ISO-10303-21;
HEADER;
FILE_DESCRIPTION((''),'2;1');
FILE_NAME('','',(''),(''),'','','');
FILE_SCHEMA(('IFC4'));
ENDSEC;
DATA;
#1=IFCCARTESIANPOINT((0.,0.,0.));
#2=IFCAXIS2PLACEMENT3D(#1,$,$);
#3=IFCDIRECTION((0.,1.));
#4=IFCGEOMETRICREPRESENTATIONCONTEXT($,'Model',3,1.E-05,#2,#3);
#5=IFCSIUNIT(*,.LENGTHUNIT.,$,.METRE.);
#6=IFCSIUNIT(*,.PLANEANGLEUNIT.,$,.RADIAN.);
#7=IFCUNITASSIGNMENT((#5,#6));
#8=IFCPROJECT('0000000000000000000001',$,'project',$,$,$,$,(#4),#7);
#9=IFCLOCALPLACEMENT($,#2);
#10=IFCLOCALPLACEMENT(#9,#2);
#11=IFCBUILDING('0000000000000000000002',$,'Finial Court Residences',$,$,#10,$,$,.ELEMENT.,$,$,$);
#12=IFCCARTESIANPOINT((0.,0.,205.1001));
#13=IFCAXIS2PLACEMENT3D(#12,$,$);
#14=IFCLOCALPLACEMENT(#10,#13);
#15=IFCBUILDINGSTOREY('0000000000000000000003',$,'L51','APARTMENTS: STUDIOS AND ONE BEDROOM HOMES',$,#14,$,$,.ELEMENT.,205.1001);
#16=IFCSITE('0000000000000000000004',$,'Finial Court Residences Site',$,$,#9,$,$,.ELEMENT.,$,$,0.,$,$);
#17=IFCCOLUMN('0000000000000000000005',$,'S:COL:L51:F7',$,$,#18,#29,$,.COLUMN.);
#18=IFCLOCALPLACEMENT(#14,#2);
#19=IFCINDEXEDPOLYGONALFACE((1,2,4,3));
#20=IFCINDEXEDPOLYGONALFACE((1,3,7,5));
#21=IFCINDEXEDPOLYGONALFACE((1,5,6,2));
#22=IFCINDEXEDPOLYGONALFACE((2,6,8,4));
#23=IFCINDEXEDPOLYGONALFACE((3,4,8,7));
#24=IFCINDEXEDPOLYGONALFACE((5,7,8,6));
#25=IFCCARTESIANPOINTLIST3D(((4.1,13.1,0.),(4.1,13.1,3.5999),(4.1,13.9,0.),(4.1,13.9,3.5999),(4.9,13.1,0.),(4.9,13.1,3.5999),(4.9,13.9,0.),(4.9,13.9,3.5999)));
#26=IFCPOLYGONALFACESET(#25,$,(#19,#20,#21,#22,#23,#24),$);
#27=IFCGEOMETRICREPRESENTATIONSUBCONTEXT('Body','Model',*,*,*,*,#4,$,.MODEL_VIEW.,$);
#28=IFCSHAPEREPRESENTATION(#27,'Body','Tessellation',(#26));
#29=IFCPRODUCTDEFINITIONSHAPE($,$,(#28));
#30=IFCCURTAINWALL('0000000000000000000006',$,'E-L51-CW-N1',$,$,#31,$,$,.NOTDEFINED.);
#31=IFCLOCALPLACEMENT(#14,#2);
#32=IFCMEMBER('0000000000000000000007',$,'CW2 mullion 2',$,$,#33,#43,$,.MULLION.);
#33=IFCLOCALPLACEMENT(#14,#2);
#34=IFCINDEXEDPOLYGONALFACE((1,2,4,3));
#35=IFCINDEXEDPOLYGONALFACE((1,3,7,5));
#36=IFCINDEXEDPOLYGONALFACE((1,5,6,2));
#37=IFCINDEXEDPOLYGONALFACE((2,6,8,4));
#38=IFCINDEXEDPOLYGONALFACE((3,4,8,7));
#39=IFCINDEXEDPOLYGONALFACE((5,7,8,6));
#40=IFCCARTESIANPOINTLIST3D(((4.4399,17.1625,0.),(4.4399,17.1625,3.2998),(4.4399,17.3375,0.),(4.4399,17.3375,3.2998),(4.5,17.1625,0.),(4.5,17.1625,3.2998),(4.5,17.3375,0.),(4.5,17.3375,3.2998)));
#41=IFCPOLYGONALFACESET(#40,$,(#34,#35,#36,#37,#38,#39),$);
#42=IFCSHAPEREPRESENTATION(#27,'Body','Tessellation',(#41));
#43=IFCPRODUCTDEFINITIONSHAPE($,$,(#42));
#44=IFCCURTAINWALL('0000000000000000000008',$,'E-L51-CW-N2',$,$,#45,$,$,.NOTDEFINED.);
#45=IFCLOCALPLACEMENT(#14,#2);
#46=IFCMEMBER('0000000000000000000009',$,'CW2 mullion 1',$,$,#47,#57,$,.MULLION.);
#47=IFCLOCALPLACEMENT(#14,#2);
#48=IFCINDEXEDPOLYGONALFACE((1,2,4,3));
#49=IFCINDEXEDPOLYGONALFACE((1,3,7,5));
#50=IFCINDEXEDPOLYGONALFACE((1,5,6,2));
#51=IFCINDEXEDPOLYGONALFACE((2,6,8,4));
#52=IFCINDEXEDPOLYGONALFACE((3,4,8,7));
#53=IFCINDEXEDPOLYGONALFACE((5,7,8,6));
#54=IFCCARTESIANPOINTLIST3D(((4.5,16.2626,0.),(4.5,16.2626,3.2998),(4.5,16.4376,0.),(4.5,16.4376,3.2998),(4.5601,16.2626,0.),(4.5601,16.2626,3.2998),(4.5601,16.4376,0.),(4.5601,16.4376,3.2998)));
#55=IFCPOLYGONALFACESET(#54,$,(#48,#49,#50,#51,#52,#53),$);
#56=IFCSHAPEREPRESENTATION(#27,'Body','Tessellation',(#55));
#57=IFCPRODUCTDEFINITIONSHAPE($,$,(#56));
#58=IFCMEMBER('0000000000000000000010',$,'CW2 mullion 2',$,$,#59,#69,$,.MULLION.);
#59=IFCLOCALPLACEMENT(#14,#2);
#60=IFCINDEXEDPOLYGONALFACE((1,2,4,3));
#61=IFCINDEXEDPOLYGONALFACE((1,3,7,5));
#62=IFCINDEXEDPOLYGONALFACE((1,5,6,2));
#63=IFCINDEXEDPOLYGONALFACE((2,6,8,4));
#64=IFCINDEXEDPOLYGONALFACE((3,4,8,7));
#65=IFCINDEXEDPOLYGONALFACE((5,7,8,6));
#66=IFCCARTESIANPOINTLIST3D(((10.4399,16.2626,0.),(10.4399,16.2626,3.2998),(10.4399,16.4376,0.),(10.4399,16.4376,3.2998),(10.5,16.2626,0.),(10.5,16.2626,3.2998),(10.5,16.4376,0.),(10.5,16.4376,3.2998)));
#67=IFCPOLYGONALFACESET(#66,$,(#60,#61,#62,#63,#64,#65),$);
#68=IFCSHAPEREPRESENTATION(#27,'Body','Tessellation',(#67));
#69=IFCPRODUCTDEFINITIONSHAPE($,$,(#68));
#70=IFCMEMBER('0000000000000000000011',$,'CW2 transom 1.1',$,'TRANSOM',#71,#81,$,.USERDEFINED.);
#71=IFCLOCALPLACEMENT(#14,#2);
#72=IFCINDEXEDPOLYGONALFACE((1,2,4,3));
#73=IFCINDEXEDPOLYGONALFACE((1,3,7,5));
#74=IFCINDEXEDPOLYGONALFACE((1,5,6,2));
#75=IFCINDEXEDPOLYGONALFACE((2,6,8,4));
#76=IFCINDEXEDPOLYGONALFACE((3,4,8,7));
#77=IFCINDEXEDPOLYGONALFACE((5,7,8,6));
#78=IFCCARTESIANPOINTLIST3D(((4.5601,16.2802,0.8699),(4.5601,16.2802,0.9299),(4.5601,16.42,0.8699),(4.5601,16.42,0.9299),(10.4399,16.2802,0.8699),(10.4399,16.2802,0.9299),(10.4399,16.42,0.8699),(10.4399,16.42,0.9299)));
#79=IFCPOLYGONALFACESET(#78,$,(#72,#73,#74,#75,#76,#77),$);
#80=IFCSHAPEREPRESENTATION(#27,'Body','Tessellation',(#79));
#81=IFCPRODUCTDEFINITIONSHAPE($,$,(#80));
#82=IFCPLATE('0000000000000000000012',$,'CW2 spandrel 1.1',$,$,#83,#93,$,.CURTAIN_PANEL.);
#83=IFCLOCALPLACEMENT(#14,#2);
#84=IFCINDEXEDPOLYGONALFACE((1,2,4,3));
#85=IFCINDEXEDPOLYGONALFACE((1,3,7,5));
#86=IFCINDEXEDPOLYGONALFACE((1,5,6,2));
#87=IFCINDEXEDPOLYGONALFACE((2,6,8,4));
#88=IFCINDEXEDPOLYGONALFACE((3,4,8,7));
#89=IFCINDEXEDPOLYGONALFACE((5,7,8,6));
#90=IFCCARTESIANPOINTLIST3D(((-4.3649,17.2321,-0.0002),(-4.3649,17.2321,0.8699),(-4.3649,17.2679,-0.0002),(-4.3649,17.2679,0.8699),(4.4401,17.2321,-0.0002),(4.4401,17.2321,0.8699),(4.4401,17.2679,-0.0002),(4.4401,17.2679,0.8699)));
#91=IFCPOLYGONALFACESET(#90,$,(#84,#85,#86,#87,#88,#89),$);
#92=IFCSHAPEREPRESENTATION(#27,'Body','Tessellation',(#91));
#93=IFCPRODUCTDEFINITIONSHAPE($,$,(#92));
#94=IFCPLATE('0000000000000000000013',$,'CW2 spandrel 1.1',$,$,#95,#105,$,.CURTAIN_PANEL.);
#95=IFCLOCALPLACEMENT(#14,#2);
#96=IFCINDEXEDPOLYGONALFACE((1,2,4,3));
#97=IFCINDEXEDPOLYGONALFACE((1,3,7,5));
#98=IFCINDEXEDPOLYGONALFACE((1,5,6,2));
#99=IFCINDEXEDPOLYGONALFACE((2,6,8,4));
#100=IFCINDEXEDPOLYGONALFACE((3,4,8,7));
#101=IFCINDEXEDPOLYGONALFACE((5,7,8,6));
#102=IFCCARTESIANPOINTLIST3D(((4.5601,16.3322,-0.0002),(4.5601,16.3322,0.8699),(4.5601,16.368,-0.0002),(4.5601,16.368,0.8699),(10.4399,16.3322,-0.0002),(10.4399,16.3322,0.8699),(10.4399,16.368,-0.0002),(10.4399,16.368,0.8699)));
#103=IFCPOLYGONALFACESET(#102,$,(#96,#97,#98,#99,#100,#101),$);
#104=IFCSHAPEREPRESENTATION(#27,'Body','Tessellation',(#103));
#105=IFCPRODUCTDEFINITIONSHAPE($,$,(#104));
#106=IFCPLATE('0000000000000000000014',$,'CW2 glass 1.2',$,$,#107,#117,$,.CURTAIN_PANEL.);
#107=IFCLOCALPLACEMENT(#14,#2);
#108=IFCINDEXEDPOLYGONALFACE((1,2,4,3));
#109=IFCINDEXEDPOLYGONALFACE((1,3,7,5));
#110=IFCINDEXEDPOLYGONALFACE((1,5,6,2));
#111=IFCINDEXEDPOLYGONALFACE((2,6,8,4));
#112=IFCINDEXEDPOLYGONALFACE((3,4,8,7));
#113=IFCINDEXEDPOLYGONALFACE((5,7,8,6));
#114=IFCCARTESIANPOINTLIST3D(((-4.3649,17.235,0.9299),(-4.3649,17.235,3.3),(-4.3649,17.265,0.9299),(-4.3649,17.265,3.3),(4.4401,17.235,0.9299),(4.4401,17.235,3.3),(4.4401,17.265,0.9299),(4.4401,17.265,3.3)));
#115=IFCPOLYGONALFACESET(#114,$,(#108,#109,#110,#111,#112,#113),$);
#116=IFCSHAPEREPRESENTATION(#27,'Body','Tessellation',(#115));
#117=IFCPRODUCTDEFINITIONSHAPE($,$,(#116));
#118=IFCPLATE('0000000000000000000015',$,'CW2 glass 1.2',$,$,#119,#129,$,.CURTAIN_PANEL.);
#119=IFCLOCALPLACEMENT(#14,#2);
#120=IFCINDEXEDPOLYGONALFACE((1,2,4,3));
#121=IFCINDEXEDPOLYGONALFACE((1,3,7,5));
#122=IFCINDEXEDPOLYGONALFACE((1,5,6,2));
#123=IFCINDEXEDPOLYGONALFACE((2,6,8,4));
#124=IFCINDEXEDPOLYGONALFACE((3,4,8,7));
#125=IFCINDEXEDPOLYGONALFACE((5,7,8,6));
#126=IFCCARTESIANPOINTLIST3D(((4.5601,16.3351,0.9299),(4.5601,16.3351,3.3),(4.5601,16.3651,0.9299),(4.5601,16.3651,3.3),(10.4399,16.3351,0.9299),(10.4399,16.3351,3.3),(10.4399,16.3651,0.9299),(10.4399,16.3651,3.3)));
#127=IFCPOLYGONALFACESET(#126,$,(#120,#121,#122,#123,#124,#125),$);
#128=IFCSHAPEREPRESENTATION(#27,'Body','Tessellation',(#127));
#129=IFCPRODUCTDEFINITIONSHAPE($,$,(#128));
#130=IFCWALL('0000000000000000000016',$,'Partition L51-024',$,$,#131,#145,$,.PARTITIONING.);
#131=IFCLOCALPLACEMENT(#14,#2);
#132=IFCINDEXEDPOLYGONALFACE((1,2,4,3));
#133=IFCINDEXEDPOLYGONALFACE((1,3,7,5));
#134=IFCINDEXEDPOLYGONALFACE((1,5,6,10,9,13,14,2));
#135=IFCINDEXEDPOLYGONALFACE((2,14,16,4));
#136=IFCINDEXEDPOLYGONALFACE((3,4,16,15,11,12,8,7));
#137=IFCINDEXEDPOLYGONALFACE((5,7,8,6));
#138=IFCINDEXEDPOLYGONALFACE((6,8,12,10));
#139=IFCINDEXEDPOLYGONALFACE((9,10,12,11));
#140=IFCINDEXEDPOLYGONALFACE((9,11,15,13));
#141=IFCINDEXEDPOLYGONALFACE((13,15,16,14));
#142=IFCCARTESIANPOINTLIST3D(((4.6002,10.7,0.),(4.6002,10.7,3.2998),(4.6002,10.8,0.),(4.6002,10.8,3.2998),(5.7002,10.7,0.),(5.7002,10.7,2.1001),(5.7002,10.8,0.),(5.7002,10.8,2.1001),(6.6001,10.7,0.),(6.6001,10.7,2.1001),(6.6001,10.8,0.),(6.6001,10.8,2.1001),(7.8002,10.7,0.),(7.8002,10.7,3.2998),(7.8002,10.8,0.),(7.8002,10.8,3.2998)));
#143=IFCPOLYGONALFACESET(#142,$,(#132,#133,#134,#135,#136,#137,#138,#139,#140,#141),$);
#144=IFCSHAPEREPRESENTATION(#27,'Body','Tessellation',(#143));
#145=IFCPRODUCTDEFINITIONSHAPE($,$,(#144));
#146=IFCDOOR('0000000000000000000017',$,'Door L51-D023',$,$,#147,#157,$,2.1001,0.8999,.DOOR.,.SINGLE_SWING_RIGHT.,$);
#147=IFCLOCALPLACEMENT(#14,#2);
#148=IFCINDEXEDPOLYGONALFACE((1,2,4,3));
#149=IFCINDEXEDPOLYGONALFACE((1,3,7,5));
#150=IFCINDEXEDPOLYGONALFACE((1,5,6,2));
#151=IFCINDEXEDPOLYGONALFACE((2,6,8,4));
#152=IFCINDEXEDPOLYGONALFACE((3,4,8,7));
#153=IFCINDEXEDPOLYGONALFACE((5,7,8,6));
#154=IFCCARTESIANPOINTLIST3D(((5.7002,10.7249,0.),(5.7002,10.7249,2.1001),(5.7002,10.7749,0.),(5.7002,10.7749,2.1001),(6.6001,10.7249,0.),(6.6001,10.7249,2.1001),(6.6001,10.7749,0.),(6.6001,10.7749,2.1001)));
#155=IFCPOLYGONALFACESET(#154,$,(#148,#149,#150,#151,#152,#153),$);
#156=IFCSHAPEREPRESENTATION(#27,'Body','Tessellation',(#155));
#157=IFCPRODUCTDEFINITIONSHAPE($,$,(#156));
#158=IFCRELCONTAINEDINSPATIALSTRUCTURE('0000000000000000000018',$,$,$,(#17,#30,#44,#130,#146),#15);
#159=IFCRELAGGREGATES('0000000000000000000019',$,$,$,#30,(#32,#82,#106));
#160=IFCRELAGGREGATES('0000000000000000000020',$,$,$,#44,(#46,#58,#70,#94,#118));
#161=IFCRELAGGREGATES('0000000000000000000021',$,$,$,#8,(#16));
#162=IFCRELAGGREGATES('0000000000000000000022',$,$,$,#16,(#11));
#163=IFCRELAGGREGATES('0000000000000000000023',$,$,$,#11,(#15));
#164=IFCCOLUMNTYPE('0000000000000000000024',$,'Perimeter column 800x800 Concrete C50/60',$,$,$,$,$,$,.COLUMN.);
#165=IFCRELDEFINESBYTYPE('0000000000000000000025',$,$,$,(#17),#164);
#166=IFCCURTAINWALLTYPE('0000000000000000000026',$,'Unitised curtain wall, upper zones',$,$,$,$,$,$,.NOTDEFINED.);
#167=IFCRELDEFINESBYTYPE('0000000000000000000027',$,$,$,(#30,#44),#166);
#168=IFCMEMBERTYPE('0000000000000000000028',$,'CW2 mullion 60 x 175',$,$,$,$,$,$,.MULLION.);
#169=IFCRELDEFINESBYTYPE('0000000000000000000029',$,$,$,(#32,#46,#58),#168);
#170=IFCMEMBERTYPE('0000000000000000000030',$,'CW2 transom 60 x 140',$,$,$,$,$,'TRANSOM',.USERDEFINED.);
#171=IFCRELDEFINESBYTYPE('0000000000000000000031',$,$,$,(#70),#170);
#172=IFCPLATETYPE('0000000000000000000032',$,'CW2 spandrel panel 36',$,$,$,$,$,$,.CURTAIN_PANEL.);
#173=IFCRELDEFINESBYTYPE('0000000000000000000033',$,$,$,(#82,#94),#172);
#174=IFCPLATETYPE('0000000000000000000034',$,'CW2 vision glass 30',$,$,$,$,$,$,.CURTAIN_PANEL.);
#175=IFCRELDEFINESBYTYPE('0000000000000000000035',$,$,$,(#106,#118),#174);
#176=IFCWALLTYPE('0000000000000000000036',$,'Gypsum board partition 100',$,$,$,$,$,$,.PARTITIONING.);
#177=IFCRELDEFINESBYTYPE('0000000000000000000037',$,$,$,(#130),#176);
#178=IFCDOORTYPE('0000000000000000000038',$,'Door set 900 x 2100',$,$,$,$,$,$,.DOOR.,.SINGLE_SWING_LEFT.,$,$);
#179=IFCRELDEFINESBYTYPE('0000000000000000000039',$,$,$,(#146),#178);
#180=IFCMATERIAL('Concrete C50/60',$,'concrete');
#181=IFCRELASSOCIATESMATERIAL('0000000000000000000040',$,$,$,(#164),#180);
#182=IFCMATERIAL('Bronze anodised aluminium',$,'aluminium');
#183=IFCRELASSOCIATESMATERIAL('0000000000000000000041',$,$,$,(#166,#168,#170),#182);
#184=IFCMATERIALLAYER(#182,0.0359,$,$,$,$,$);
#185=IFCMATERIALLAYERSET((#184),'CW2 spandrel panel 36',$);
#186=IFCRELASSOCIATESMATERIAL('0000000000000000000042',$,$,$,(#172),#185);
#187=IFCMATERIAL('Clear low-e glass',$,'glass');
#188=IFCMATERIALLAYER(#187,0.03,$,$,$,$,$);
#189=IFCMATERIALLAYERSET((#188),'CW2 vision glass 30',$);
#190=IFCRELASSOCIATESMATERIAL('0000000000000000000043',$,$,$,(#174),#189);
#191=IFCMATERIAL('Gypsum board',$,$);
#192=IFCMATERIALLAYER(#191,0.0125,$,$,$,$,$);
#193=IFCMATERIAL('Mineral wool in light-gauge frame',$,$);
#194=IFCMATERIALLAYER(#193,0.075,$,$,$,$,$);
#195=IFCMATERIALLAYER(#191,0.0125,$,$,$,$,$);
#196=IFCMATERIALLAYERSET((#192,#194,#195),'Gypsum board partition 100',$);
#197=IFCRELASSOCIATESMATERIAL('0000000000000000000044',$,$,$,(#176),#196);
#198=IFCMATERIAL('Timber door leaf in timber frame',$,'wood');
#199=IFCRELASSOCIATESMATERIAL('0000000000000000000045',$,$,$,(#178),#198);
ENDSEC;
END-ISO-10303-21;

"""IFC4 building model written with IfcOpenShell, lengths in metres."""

from ifc_helpers import new_model, si_unit, direction, frame, frame_2d, origin, origin_2d, place, context, subcontext, project, spatial, rectangle, extrude, material, layer, layer_set, material_profile, profile_set, type_object, element, fill, aggregate, save


model = new_model("IFC4")

# Units and contexts
model_context = context("Model", 3, precision=1e-05, world=origin(), true_north=direction((0.0, 1.0)))
body_context = subcontext(model_context, "Body", "Model", "MODEL_VIEW")
ifc_project = project(units=[si_unit("LENGTHUNIT", "METRE"), si_unit("PLANEANGLEUNIT", "RADIAN")], contexts=[model_context])

# Site, building, storey
site_placement = place(None, origin())
site = spatial("IfcSite", under=ifc_project, at=site_placement, Name="Finial Court Residences Site", CompositionType="ELEMENT", RefElevation=0.0)
building_placement = place(site_placement, origin())
building = spatial("IfcBuilding", under=site, at=building_placement, Name="Finial Court Residences", CompositionType="ELEMENT")
storey_placement = place(building_placement, frame((0.0, 0.0, 205.1001)))
storey = spatial("IfcBuildingStorey", under=building, at=storey_placement, Name="L51", Description="APARTMENTS: STUDIOS AND ONE BEDROOM HOMES", CompositionType="ELEMENT", Elevation=205.1001)

# Column
ifc_material_1 = material(Name="Concrete C50/60", Category="concrete")
ifc_material_profile_1 = material_profile(ifc_material_1, rectangle(XDim=0.8, YDim=0.8, at=origin_2d()), Name="800x800")
ifc_profile_set_1 = profile_set([ifc_material_profile_1], Name="Concrete C50/60")
column_type = type_object("IfcColumnType", Name="Perimeter column 800x800 Concrete C50/60", PredefinedType="COLUMN", material=ifc_profile_set_1)
column_placement = place(storey_placement, frame((4.5, 13.5, 0.0), z_axis=(0.0, 0.0, 1.0), x_axis=(1.0, 0.0, 0.0)))
element("IfcColumn", 1, at=column_placement, inside=storey, type_object=column_type, Name="S:COL:L51:F7", PredefinedType="COLUMN", context=body_context, shape_type="SweptSolid", body=[
    extrude(rectangle(XDim=0.8, YDim=0.8, at=origin_2d()), origin(), (0.0, 0.0, 1.0), 3.5999),
])

# Curtain wall, member
ifc_material_2 = material(Name="Bronze anodised aluminium", Category="aluminium")
curtain_wall_type = type_object("IfcCurtainWallType", Name="Unitised curtain wall, upper zones", PredefinedType="NOTDEFINED", material=ifc_material_2)
curtain_wall_1_placement = place(storey_placement, origin())
curtain_wall_1 = element("IfcCurtainWall", 2, at=curtain_wall_1_placement, inside=storey, type_object=curtain_wall_type, Name="E-L51-CW-N1", PredefinedType="NOTDEFINED")
ifc_material_profile_2 = material_profile(ifc_material_2, rectangle(XDim=0.175, YDim=0.0601, at=origin_2d()), Name="CW2 mullion 60 x 175")
ifc_profile_set_2 = profile_set([ifc_material_profile_2], Name="Bronze anodised aluminium")
member_type_1 = type_object("IfcMemberType", Name="CW2 mullion 60 x 175", PredefinedType="MULLION", material=ifc_profile_set_2)
member_1_placement = place(storey_placement, frame((4.47, 17.25, 0.0), z_axis=(0.0, 0.0, 1.0), x_axis=(0.0, 1.0, 0.0)))
member_1 = element("IfcMember", 3, at=member_1_placement, type_object=member_type_1, Name="CW2 mullion 2", PredefinedType="MULLION", context=body_context, shape_type="SweptSolid", body=[
    extrude(rectangle(XDim=0.175, YDim=0.0601, at=origin_2d()), origin(), (0.0, 0.0, 1.0), 3.2998),
])

# Curtain wall, members
curtain_wall_2_placement = place(storey_placement, origin())
curtain_wall_2 = element("IfcCurtainWall", 4, at=curtain_wall_2_placement, inside=storey, type_object=curtain_wall_type, Name="E-L51-CW-N2", PredefinedType="NOTDEFINED")
member_2_placement = place(storey_placement, frame((4.53, 16.3501, 0.0), z_axis=(0.0, 0.0, 1.0), x_axis=(0.0, 1.0, 0.0)))
member_2 = element("IfcMember", 5, at=member_2_placement, type_object=member_type_1, Name="CW2 mullion 1", PredefinedType="MULLION", context=body_context, shape_type="SweptSolid", body=[
    extrude(rectangle(XDim=0.175, YDim=0.0601, at=origin_2d()), origin(), (0.0, 0.0, 1.0), 3.2998),
])
member_3_placement = place(storey_placement, frame((10.47, 16.3501, 0.0), z_axis=(0.0, 0.0, 1.0), x_axis=(0.0, 1.0, 0.0)))
member_3 = element("IfcMember", 6, at=member_3_placement, type_object=member_type_1, Name="CW2 mullion 2", PredefinedType="MULLION", context=body_context, shape_type="SweptSolid", body=[
    extrude(rectangle(XDim=0.175, YDim=0.0601, at=origin_2d()), origin(), (0.0, 0.0, 1.0), 3.2998),
])
ifc_material_profile_3 = material_profile(ifc_material_2, rectangle(XDim=0.1399, YDim=0.0601, at=origin_2d()), Name="CW2 transom 60 x 140")
ifc_profile_set_3 = profile_set([ifc_material_profile_3], Name="Bronze anodised aluminium")
member_type_2 = type_object("IfcMemberType", Name="CW2 transom 60 x 140", ElementType="TRANSOM", PredefinedType="USERDEFINED", material=ifc_profile_set_3)
member_4_placement = place(storey_placement, frame((4.5601, 16.3501, 0.8999), z_axis=(1.0, 0.0, 0.0), x_axis=(0.0, 1.0, 0.0)))
member_4 = element("IfcMember", 7, at=member_4_placement, type_object=member_type_2, Name="CW2 transom 1.1", ObjectType="TRANSOM", PredefinedType="USERDEFINED", context=body_context, shape_type="SweptSolid", body=[
    extrude(rectangle(XDim=0.1399, YDim=0.0601, at=origin_2d()), origin(), (0.0, 0.0, 1.0), 5.8799),
])

# Plates
ifc_layer_1 = layer(ifc_material_2, 0.0359)
ifc_layer_set_1 = layer_set([ifc_layer_1], Name="CW2 spandrel panel 36")
plate_type_1 = type_object("IfcPlateType", Name="CW2 spandrel panel 36", PredefinedType="CURTAIN_PANEL", material=ifc_layer_set_1)
plate_1_placement = place(storey_placement, frame((0.0376, 17.25, -0.0002), z_axis=(0.0, 0.0, 1.0), x_axis=(1.0, 0.0, 0.0)))
plate_1 = element("IfcPlate", 8, at=plate_1_placement, type_object=plate_type_1, Name="CW2 spandrel 1.1", PredefinedType="CURTAIN_PANEL", context=body_context, shape_type="SweptSolid", body=[
    extrude(rectangle(XDim=8.8049, YDim=0.0359, at=origin_2d()), origin(), (0.0, 0.0, 1.0), 0.8701),
])
plate_2_placement = place(storey_placement, frame((7.5, 16.3501, -0.0002), z_axis=(0.0, 0.0, 1.0), x_axis=(1.0, 0.0, 0.0)))
plate_2 = element("IfcPlate", 9, at=plate_2_placement, type_object=plate_type_1, Name="CW2 spandrel 1.1", PredefinedType="CURTAIN_PANEL", context=body_context, shape_type="SweptSolid", body=[
    extrude(rectangle(XDim=5.8799, YDim=0.0359, at=origin_2d()), origin(), (0.0, 0.0, 1.0), 0.8701),
])
ifc_material_3 = material(Name="Clear low-e glass", Category="glass")
ifc_layer_2 = layer(ifc_material_3, 0.03)
ifc_layer_set_2 = layer_set([ifc_layer_2], Name="CW2 vision glass 30")
plate_type_2 = type_object("IfcPlateType", Name="CW2 vision glass 30", PredefinedType="CURTAIN_PANEL", material=ifc_layer_set_2)
plate_3_placement = place(storey_placement, frame((0.0376, 17.25, 0.9299), z_axis=(0.0, 0.0, 1.0), x_axis=(1.0, 0.0, 0.0)))
plate_3 = element("IfcPlate", 10, at=plate_3_placement, type_object=plate_type_2, Name="CW2 glass 1.2", PredefinedType="CURTAIN_PANEL", context=body_context, shape_type="SweptSolid", body=[
    extrude(rectangle(XDim=8.8049, YDim=0.03, at=origin_2d()), origin(), (0.0, 0.0, 1.0), 2.3701),
])
aggregate(curtain_wall_1, [member_1, plate_1, plate_3])
plate_4_placement = place(storey_placement, frame((7.5, 16.3501, 0.9299), z_axis=(0.0, 0.0, 1.0), x_axis=(1.0, 0.0, 0.0)))
plate_4 = element("IfcPlate", 11, at=plate_4_placement, type_object=plate_type_2, Name="CW2 glass 1.2", PredefinedType="CURTAIN_PANEL", context=body_context, shape_type="SweptSolid", body=[
    extrude(rectangle(XDim=5.8799, YDim=0.03, at=origin_2d()), origin(), (0.0, 0.0, 1.0), 2.3701),
])
aggregate(curtain_wall_2, [member_2, member_3, member_4, plate_2, plate_4])

# Wall, opening, door
ifc_material_4 = material(Name="Gypsum board")
ifc_layer_3 = layer(ifc_material_4, 0.0125)
ifc_material_5 = material(Name="Mineral wool in light-gauge frame")
ifc_layer_4 = layer(ifc_material_5, 0.075)
ifc_layer_5 = layer(ifc_material_4, 0.0125)
ifc_layer_set_3 = layer_set([ifc_layer_3, ifc_layer_4, ifc_layer_5], Name="Gypsum board partition 100")
wall_type_1 = type_object("IfcWallType", Name="Gypsum board partition 100", PredefinedType="PARTITIONING", material=ifc_layer_set_3)
wall_1_placement = place(storey_placement, frame((4.6001, 10.75, 0.0), z_axis=(0.0, 0.0, 1.0), x_axis=(1.0, 0.0, 0.0)))
wall_1 = element("IfcWall", 12, at=wall_1_placement, inside=storey, type_object=wall_type_1, Name="Partition L51-024", PredefinedType="PARTITIONING", context=body_context, shape_type="SweptSolid", body=[
    extrude(rectangle(XDim=3.2, YDim=0.1001, at=frame_2d((1.6001, 0.0))), origin(), (0.0, 0.0, 1.0), 3.2998),
])
opening_1_placement = place(wall_1_placement, frame((1.1001, 0.0, 0.0)))
opening_1 = element("IfcOpeningElement", 13, at=opening_1_placement, cuts=wall_1, PredefinedType="OPENING", context=body_context, shape_type="SweptSolid", body=[
    extrude(rectangle(XDim=0.8999, YDim=2.1001, at=frame_2d((0.45, 1.05))), frame((0.0, 0.0601, 0.0), z_axis=(0.0, -1.0, 0.0), x_axis=(1.0, 0.0, 0.0)), (0.0, 0.0, 1.0), 0.1201),
])
ifc_material_6 = material(Name="Timber door leaf in timber frame", Category="wood")
door_type = type_object("IfcDoorType", Name="Door set 900 x 2100", OperationType="SINGLE_SWING_LEFT", PredefinedType="DOOR", material=ifc_material_6)
door_1_placement = place(opening_1_placement, origin())
door_1 = element("IfcDoor", 14, at=door_1_placement, inside=storey, type_object=door_type, Name="Door L51-D023", OperationType="SINGLE_SWING_RIGHT", OverallHeight=2.1001, OverallWidth=0.8999, PredefinedType="DOOR", context=body_context, shape_type="SweptSolid", body=[
    extrude(rectangle(XDim=0.8999, YDim=2.1001, at=frame_2d((0.45, 1.05))), frame((0.0, 0.0249, 0.0), z_axis=(0.0, -1.0, 0.0), x_axis=(1.0, 0.0, 0.0)), (0.0, 0.0, 1.0), 0.05),
])
fill(opening_1, door_1)

save(model, "model.ifc")
